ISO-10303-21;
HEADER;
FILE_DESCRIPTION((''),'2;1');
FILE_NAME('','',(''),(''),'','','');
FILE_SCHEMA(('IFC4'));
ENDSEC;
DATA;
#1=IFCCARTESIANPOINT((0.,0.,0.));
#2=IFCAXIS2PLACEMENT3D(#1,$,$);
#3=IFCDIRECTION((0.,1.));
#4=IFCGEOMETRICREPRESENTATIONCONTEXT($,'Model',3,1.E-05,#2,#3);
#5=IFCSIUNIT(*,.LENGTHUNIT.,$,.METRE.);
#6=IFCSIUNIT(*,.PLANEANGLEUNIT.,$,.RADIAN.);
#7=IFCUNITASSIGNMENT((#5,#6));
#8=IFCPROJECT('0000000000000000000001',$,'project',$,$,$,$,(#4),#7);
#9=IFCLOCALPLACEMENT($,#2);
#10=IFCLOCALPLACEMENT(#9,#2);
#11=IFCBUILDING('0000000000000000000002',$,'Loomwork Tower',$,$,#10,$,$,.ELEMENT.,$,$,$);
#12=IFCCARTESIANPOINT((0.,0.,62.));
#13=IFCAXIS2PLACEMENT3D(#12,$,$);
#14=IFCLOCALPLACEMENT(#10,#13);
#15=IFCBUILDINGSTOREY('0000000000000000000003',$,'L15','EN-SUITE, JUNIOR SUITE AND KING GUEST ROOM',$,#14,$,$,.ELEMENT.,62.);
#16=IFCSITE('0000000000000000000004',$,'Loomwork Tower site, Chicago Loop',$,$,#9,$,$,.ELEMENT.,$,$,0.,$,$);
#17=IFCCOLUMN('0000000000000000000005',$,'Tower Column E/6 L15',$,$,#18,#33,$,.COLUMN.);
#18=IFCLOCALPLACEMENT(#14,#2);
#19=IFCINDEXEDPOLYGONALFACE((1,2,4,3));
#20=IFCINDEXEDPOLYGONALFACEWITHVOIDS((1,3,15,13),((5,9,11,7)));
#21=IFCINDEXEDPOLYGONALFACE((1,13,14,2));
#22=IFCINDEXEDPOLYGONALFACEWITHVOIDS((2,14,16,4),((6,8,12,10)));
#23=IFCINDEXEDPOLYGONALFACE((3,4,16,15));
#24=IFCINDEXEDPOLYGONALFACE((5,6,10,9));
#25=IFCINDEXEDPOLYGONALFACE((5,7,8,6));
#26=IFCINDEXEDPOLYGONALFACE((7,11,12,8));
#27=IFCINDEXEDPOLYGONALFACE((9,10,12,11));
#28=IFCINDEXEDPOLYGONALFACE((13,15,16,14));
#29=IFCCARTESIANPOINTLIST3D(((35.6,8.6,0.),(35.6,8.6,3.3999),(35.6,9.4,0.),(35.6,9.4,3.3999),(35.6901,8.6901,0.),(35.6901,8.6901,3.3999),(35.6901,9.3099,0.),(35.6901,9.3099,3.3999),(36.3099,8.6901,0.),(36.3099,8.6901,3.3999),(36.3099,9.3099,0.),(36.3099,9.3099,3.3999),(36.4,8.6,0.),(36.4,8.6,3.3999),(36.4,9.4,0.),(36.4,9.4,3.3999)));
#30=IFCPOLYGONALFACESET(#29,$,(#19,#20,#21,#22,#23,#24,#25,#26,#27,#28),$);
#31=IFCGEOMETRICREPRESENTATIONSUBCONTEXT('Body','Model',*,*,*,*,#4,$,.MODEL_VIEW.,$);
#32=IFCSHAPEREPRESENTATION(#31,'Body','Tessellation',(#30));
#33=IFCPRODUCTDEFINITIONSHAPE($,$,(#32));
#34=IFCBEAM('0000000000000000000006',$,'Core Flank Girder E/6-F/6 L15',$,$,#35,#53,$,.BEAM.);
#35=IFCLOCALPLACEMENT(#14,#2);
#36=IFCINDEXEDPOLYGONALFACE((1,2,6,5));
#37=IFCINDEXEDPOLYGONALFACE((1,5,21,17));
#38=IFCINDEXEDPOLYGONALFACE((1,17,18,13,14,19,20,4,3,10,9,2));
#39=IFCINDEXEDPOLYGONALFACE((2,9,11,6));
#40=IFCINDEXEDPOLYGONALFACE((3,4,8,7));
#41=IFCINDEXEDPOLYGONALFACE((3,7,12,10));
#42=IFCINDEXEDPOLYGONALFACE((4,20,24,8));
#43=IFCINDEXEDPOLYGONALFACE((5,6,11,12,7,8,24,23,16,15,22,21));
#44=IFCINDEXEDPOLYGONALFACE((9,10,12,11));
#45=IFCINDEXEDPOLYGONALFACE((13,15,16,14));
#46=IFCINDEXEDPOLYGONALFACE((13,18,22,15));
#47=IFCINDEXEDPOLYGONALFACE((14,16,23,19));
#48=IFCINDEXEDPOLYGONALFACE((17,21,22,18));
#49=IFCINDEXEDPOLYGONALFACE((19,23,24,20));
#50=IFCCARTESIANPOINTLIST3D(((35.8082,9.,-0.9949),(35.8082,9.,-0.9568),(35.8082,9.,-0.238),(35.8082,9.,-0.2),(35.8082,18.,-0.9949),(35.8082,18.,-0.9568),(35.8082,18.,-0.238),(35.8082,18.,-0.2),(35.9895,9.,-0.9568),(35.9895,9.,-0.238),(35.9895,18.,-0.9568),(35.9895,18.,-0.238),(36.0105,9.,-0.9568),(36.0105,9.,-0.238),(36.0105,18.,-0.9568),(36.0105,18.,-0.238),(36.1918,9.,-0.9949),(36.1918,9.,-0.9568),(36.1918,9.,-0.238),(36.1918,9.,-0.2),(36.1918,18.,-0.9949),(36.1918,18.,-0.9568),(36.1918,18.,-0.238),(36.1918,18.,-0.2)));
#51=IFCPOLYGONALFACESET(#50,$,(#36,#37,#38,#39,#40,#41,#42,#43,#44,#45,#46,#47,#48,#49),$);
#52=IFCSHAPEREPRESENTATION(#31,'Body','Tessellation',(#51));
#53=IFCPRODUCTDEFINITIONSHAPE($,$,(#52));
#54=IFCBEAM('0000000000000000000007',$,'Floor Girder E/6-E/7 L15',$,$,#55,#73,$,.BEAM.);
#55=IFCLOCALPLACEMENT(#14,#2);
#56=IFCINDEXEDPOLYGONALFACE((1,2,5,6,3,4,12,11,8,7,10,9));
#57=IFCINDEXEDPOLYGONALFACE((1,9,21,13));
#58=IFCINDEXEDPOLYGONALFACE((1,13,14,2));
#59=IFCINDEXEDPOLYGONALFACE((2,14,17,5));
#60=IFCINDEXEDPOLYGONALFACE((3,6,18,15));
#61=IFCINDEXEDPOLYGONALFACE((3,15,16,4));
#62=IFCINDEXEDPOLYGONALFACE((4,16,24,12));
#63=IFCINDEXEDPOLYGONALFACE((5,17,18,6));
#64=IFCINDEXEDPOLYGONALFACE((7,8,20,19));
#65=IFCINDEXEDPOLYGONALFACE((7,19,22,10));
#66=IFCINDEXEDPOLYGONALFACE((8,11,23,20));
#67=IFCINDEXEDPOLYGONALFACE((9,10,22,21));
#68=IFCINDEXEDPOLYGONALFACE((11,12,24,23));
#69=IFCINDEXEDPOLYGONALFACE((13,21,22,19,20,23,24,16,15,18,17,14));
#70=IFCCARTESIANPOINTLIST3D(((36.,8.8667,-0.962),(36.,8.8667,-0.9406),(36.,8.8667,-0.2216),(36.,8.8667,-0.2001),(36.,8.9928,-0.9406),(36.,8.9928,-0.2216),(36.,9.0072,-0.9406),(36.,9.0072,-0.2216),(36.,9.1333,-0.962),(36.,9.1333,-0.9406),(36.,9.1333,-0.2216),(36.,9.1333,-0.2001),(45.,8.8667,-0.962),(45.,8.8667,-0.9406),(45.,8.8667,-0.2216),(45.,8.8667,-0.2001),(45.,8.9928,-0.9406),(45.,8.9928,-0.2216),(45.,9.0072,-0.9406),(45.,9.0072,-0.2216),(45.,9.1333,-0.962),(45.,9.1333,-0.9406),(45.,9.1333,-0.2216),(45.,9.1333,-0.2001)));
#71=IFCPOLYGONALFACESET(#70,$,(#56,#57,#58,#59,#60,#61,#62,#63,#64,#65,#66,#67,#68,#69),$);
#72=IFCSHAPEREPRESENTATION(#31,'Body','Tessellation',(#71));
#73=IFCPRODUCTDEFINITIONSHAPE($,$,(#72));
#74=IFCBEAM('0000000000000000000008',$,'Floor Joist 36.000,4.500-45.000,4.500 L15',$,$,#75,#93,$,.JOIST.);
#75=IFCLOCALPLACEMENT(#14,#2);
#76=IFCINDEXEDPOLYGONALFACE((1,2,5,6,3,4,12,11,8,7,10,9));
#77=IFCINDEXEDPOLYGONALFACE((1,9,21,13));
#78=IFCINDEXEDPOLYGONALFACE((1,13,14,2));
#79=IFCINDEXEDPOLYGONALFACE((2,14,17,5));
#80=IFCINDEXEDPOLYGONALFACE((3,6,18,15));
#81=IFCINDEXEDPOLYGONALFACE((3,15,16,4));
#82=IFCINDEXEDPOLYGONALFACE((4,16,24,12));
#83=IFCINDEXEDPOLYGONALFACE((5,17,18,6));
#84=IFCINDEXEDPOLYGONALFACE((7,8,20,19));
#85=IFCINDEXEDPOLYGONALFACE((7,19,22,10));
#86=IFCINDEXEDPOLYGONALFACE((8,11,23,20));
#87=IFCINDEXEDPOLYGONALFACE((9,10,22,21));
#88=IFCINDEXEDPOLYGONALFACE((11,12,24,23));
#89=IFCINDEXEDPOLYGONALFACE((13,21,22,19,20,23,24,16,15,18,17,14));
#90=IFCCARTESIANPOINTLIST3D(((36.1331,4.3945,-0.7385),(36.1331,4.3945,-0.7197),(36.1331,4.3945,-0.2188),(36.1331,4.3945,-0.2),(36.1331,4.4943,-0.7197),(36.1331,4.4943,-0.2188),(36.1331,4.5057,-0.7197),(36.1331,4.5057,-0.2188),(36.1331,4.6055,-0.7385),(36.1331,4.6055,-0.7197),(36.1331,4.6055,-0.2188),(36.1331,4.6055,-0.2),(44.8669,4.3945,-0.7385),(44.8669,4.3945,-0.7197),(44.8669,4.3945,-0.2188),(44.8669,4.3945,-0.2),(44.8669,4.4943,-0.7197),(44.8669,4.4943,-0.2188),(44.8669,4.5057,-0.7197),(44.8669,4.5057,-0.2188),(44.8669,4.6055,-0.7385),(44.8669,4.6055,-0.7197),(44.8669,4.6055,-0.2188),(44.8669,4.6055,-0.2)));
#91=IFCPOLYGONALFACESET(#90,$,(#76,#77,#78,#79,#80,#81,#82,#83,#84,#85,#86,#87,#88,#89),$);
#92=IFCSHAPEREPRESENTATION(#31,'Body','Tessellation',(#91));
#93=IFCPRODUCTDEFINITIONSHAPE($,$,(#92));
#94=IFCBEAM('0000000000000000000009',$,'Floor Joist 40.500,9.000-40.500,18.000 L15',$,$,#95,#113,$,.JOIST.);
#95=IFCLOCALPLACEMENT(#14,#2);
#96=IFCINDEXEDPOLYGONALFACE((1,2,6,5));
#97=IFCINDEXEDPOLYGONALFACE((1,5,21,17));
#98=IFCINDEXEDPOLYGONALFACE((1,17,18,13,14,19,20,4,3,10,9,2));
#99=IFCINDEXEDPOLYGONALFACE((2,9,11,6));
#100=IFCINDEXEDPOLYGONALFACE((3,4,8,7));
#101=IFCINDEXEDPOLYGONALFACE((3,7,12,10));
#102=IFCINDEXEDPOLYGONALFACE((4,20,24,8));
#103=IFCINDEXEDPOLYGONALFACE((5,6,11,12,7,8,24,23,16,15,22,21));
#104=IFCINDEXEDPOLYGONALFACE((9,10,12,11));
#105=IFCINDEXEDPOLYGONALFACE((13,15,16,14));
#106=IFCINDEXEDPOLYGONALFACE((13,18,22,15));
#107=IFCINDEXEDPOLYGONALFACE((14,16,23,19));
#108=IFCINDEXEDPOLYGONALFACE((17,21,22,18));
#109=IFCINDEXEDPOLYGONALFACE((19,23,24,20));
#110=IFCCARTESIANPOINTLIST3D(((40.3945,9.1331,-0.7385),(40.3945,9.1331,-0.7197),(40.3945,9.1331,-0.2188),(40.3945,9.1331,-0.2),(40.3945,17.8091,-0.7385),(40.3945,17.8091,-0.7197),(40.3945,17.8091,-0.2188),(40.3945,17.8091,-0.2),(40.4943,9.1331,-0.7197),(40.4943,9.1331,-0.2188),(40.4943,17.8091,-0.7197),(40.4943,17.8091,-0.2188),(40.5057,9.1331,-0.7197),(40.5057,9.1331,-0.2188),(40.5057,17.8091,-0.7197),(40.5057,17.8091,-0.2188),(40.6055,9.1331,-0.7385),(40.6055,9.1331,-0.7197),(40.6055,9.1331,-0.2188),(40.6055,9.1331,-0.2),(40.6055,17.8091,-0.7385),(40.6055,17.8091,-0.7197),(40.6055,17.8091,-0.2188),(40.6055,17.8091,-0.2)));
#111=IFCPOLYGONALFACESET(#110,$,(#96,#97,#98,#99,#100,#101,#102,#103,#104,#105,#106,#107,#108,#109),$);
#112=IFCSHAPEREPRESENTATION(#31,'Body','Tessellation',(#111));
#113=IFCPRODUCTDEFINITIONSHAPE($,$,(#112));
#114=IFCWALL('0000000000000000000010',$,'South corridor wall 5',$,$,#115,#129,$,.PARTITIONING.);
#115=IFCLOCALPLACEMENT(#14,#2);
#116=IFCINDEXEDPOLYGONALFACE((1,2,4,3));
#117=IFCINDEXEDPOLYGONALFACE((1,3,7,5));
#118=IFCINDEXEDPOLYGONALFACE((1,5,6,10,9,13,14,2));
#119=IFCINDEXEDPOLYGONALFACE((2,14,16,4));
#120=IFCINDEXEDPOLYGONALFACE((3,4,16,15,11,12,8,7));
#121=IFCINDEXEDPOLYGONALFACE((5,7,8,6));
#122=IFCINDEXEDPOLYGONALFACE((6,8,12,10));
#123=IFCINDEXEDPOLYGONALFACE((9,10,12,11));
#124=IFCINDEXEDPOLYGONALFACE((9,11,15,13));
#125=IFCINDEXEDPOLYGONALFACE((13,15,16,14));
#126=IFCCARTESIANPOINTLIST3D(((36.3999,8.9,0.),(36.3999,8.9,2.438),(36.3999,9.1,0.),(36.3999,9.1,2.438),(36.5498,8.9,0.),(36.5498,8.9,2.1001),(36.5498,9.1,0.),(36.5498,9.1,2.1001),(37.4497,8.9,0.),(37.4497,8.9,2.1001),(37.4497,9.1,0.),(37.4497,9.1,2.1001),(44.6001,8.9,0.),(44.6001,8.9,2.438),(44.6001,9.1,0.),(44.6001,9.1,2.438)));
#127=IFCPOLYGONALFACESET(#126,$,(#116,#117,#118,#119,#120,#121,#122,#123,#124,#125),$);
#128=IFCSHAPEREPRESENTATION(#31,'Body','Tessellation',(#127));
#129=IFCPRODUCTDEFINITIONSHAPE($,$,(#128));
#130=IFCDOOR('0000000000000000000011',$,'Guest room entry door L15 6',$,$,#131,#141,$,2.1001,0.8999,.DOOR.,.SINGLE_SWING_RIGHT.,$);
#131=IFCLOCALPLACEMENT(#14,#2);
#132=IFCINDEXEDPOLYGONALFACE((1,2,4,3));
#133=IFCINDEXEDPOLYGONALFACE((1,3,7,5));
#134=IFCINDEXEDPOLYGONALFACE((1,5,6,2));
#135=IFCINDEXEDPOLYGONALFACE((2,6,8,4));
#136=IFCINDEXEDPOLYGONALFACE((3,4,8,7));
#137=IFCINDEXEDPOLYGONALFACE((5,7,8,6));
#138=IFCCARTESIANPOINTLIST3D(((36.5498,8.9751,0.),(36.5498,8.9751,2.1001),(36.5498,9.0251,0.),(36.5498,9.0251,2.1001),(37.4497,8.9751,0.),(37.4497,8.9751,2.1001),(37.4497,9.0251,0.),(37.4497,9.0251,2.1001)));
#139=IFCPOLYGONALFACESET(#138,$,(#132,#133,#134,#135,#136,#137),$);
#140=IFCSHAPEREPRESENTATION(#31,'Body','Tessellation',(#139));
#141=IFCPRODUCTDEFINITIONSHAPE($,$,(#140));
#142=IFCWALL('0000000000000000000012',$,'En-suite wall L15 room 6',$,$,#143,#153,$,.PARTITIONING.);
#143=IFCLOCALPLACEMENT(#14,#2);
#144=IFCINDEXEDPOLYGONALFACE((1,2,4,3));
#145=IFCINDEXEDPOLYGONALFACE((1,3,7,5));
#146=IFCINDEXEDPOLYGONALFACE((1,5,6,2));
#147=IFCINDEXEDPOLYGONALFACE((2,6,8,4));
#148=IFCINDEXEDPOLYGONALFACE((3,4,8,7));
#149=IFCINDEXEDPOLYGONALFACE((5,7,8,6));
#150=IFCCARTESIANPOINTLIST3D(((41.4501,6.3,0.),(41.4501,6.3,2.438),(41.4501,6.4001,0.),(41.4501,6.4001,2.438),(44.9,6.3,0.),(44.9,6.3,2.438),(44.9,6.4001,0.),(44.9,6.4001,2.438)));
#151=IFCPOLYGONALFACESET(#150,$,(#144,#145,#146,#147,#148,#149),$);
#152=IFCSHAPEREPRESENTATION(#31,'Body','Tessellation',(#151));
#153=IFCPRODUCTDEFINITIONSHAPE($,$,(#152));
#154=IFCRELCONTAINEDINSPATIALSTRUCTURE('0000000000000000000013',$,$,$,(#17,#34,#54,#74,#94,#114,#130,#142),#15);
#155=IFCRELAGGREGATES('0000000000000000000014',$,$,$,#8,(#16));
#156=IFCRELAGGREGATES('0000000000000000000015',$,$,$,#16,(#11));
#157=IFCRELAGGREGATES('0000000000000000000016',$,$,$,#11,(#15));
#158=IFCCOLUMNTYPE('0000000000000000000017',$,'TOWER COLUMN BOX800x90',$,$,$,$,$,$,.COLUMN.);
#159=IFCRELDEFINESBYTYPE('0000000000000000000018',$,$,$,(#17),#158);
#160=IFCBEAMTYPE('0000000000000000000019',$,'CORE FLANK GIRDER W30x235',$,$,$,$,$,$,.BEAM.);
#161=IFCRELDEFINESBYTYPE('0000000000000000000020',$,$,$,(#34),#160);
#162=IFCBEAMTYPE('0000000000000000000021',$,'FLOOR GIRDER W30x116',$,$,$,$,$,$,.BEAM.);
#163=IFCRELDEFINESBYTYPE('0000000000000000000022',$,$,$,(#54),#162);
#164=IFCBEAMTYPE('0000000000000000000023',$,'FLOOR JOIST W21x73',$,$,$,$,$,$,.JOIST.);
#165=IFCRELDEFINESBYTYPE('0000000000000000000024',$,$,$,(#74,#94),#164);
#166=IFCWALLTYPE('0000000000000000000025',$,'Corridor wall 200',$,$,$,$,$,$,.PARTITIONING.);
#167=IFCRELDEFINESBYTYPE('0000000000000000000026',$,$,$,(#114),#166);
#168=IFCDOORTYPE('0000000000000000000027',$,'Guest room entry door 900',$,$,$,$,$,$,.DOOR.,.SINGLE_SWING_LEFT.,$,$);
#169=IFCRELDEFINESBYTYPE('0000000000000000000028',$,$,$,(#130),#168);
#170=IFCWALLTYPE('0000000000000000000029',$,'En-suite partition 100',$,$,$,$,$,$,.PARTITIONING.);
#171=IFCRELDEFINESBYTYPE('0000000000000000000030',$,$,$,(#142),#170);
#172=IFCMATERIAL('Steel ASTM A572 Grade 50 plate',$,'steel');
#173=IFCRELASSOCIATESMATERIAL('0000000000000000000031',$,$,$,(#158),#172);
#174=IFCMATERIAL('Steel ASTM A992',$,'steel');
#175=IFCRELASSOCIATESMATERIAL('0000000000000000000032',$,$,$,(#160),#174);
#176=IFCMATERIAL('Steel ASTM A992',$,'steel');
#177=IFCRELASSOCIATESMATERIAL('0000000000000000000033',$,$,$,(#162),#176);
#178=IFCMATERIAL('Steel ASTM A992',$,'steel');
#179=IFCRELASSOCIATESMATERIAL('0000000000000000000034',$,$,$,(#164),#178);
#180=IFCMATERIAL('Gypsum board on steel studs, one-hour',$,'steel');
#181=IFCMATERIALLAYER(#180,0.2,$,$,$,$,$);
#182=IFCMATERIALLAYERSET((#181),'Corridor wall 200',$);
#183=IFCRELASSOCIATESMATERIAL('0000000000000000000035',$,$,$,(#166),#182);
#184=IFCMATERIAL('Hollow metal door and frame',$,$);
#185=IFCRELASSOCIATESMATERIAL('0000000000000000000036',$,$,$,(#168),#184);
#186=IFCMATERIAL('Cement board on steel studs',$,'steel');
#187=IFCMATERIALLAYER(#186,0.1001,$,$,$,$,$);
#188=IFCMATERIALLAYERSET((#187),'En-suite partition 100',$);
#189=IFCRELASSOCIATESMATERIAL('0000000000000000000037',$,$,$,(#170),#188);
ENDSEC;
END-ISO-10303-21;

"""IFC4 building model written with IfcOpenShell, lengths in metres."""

from ifc_helpers import new_model, si_unit, direction, frame, frame_2d, origin, origin_2d, place, context, subcontext, project, spatial, rectangle, hollow_rectangle, i_section, extrude, material, layer, layer_set, material_profile, profile_set, type_object, element, fill, save


model = new_model("IFC4")

# Units and contexts
model_context = context("Model", 3, precision=1e-05, world=origin(), true_north=direction((0.0, 1.0)))
body_context = subcontext(model_context, "Body", "Model", "MODEL_VIEW")
ifc_project = project(units=[si_unit("LENGTHUNIT", "METRE"), si_unit("PLANEANGLEUNIT", "RADIAN")], contexts=[model_context])

# Site, building, storey
site_placement = place(None, origin())
site = spatial("IfcSite", under=ifc_project, at=site_placement, Name="Loomwork Tower site, Chicago Loop", CompositionType="ELEMENT", RefElevation=0.0)
building_placement = place(site_placement, origin())
building = spatial("IfcBuilding", under=site, at=building_placement, Name="Loomwork Tower", CompositionType="ELEMENT")
storey_placement = place(building_placement, frame((0.0, 0.0, 62.0)))
storey = spatial("IfcBuildingStorey", under=building, at=storey_placement, Name="L15", Description="EN-SUITE, JUNIOR SUITE AND KING GUEST ROOM", CompositionType="ELEMENT", Elevation=62.0)

# Column
ifc_material_1 = material(Name="Steel ASTM A572 Grade 50 plate", Category="steel")
ifc_material_profile_1 = material_profile(ifc_material_1, hollow_rectangle(XDim=0.8, YDim=0.8, WallThickness=0.0901, at=origin_2d()), Name="BOX800x90")
ifc_profile_set_1 = profile_set([ifc_material_profile_1], Name="Steel ASTM A572 Grade 50 plate")
column_type = type_object("IfcColumnType", Name="TOWER COLUMN BOX800x90", PredefinedType="COLUMN", material=ifc_profile_set_1)
column_placement = place(storey_placement, frame((36.0, 9.0, 0.0), z_axis=(0.0, 0.0, 1.0), x_axis=(0.0, 1.0, 0.0)))
element("IfcColumn", 1, at=column_placement, inside=storey, type_object=column_type, Name="Tower Column E/6 L15", PredefinedType="COLUMN", context=body_context, shape_type="SweptSolid", body=[
    extrude(hollow_rectangle(XDim=0.8, YDim=0.8, WallThickness=0.0901, at=origin_2d()), origin(), (0.0, 0.0, 1.0), 3.3999),
])

# Beams
ifc_material_2 = material(Name="Steel ASTM A992", Category="steel")
ifc_material_profile_2 = material_profile(ifc_material_2, i_section(OverallWidth=0.3835, OverallDepth=0.7949, WebThickness=0.021, FlangeThickness=0.0381, at=origin_2d()), Name="W30x235")
ifc_profile_set_2 = profile_set([ifc_material_profile_2], Name="Steel ASTM A992")
beam_type_1 = type_object("IfcBeamType", Name="CORE FLANK GIRDER W30x235", PredefinedType="BEAM", material=ifc_profile_set_2)
beam_1_placement = place(storey_placement, frame((36.0, 9.0, -0.5974), z_axis=(0.0, 1.0, 0.0), x_axis=(-1.0, 0.0, 0.0)))
element("IfcBeam", 2, at=beam_1_placement, inside=storey, type_object=beam_type_1, Name="Core Flank Girder E/6-F/6 L15", PredefinedType="BEAM", context=body_context, shape_type="SweptSolid", body=[
    extrude(i_section(OverallWidth=0.3835, OverallDepth=0.7949, WebThickness=0.021, FlangeThickness=0.0381, at=origin_2d()), origin(), (0.0, 0.0, 1.0), 9.0),
])
ifc_material_3 = material(Name="Steel ASTM A992", Category="steel")
ifc_material_profile_3 = material_profile(ifc_material_3, i_section(OverallWidth=0.2666, OverallDepth=0.762, WebThickness=0.0144, FlangeThickness=0.0215, at=origin_2d()), Name="W30x116")
ifc_profile_set_3 = profile_set([ifc_material_profile_3], Name="Steel ASTM A992")
beam_type_2 = type_object("IfcBeamType", Name="FLOOR GIRDER W30x116", PredefinedType="BEAM", material=ifc_profile_set_3)
beam_2_placement = place(storey_placement, frame((36.0, 9.0, -0.5811), z_axis=(1.0, 0.0, 0.0), x_axis=(0.0, 1.0, 0.0)))
element("IfcBeam", 3, at=beam_2_placement, inside=storey, type_object=beam_type_2, Name="Floor Girder E/6-E/7 L15", PredefinedType="BEAM", context=body_context, shape_type="SweptSolid", body=[
    extrude(i_section(OverallWidth=0.2666, OverallDepth=0.762, WebThickness=0.0144, FlangeThickness=0.0215, at=origin_2d()), origin(), (0.0, 0.0, 1.0), 9.0),
])
ifc_material_4 = material(Name="Steel ASTM A992", Category="steel")
ifc_material_profile_4 = material_profile(ifc_material_4, i_section(OverallWidth=0.2109, OverallDepth=0.5386, WebThickness=0.0115, FlangeThickness=0.0188, at=origin_2d()), Name="W21x73")
ifc_profile_set_4 = profile_set([ifc_material_profile_4], Name="Steel ASTM A992")
beam_type_3 = type_object("IfcBeamType", Name="FLOOR JOIST W21x73", PredefinedType="JOIST", material=ifc_profile_set_4)
beam_3_placement = place(storey_placement, frame((36.1331, 4.5, -0.4692), z_axis=(1.0, 0.0, 0.0), x_axis=(0.0, 1.0, 0.0)))
element("IfcBeam", 4, at=beam_3_placement, inside=storey, type_object=beam_type_3, Name="Floor Joist 36.000,4.500-45.000,4.500 L15", PredefinedType="JOIST", context=body_context, shape_type="SweptSolid", body=[
    extrude(i_section(OverallWidth=0.2109, OverallDepth=0.5386, WebThickness=0.0115, FlangeThickness=0.0188, at=origin_2d()), origin(), (0.0, 0.0, 1.0), 8.7339),
])
beam_4_placement = place(storey_placement, frame((40.5, 9.1331, -0.4692), z_axis=(0.0, 1.0, 0.0), x_axis=(-1.0, 0.0, 0.0)))
element("IfcBeam", 5, at=beam_4_placement, inside=storey, type_object=beam_type_3, Name="Floor Joist 40.500,9.000-40.500,18.000 L15", PredefinedType="JOIST", context=body_context, shape_type="SweptSolid", body=[
    extrude(i_section(OverallWidth=0.2109, OverallDepth=0.5386, WebThickness=0.0115, FlangeThickness=0.0188, at=origin_2d()), origin(), (0.0, 0.0, 1.0), 8.676),
])

# Wall, opening, door
ifc_material_5 = material(Name="Gypsum board on steel studs, one-hour", Category="steel")
ifc_layer_1 = layer(ifc_material_5, 0.2)
ifc_layer_set_1 = layer_set([ifc_layer_1], Name="Corridor wall 200")
wall_type_1 = type_object("IfcWallType", Name="Corridor wall 200", PredefinedType="PARTITIONING", material=ifc_layer_set_1)
wall_1_placement = place(storey_placement, frame((36.3999, 9.0, 0.0), z_axis=(0.0, 0.0, 1.0), x_axis=(1.0, 0.0, 0.0)))
wall_1 = element("IfcWall", 6, at=wall_1_placement, inside=storey, type_object=wall_type_1, Name="South corridor wall 5", PredefinedType="PARTITIONING", context=body_context, shape_type="SweptSolid", body=[
    extrude(rectangle(XDim=8.2002, YDim=0.2, at=frame_2d((4.1001, 0.0))), origin(), (0.0, 0.0, 1.0), 2.438),
])
opening_1_placement = place(wall_1_placement, frame((0.1499, 0.0, 0.0)))
opening_1 = element("IfcOpeningElement", 7, at=opening_1_placement, cuts=wall_1, PredefinedType="OPENING", context=body_context, shape_type="SweptSolid", body=[
    extrude(rectangle(XDim=0.8999, YDim=2.1001, at=frame_2d((0.45, 1.05))), frame((0.0, 0.1099, 0.0), z_axis=(0.0, -1.0, 0.0), x_axis=(1.0, 0.0, 0.0)), (0.0, 0.0, 1.0), 0.22),
])
ifc_material_6 = material(Name="Hollow metal door and frame")
door_type_1 = type_object("IfcDoorType", Name="Guest room entry door 900", OperationType="SINGLE_SWING_LEFT", PredefinedType="DOOR", material=ifc_material_6)
door_1_placement = place(opening_1_placement, frame((0.8999, 0.0, 0.0), z_axis=(0.0, 0.0, 1.0), x_axis=(-1.0, 0.0, 0.0)))
door_1 = element("IfcDoor", 8, at=door_1_placement, inside=storey, type_object=door_type_1, Name="Guest room entry door L15 6", OperationType="SINGLE_SWING_RIGHT", OverallHeight=2.1001, OverallWidth=0.8999, PredefinedType="DOOR", context=body_context, shape_type="SweptSolid", body=[
    extrude(rectangle(XDim=0.8999, YDim=2.1001, at=frame_2d((0.45, 1.05))), frame((0.0, 0.0249, 0.0), z_axis=(0.0, -1.0, 0.0), x_axis=(1.0, 0.0, 0.0)), (0.0, 0.0, 1.0), 0.05),
])
fill(opening_1, door_1)

# Wall
ifc_material_7 = material(Name="Cement board on steel studs", Category="steel")
ifc_layer_2 = layer(ifc_material_7, 0.1001)
ifc_layer_set_2 = layer_set([ifc_layer_2], Name="En-suite partition 100")
wall_type_2 = type_object("IfcWallType", Name="En-suite partition 100", PredefinedType="PARTITIONING", material=ifc_layer_set_2)
wall_2_placement = place(storey_placement, frame((41.45, 6.3501, 0.0), z_axis=(0.0, 0.0, 1.0), x_axis=(1.0, 0.0, 0.0)))
element("IfcWall", 9, at=wall_2_placement, inside=storey, type_object=wall_type_2, Name="En-suite wall L15 room 6", PredefinedType="PARTITIONING", context=body_context, shape_type="SweptSolid", body=[
    extrude(rectangle(XDim=3.45, YDim=0.1001, at=frame_2d((1.7251, 0.0))), origin(), (0.0, 0.0, 1.0), 2.438),
])

save(model, "model.ifc")
